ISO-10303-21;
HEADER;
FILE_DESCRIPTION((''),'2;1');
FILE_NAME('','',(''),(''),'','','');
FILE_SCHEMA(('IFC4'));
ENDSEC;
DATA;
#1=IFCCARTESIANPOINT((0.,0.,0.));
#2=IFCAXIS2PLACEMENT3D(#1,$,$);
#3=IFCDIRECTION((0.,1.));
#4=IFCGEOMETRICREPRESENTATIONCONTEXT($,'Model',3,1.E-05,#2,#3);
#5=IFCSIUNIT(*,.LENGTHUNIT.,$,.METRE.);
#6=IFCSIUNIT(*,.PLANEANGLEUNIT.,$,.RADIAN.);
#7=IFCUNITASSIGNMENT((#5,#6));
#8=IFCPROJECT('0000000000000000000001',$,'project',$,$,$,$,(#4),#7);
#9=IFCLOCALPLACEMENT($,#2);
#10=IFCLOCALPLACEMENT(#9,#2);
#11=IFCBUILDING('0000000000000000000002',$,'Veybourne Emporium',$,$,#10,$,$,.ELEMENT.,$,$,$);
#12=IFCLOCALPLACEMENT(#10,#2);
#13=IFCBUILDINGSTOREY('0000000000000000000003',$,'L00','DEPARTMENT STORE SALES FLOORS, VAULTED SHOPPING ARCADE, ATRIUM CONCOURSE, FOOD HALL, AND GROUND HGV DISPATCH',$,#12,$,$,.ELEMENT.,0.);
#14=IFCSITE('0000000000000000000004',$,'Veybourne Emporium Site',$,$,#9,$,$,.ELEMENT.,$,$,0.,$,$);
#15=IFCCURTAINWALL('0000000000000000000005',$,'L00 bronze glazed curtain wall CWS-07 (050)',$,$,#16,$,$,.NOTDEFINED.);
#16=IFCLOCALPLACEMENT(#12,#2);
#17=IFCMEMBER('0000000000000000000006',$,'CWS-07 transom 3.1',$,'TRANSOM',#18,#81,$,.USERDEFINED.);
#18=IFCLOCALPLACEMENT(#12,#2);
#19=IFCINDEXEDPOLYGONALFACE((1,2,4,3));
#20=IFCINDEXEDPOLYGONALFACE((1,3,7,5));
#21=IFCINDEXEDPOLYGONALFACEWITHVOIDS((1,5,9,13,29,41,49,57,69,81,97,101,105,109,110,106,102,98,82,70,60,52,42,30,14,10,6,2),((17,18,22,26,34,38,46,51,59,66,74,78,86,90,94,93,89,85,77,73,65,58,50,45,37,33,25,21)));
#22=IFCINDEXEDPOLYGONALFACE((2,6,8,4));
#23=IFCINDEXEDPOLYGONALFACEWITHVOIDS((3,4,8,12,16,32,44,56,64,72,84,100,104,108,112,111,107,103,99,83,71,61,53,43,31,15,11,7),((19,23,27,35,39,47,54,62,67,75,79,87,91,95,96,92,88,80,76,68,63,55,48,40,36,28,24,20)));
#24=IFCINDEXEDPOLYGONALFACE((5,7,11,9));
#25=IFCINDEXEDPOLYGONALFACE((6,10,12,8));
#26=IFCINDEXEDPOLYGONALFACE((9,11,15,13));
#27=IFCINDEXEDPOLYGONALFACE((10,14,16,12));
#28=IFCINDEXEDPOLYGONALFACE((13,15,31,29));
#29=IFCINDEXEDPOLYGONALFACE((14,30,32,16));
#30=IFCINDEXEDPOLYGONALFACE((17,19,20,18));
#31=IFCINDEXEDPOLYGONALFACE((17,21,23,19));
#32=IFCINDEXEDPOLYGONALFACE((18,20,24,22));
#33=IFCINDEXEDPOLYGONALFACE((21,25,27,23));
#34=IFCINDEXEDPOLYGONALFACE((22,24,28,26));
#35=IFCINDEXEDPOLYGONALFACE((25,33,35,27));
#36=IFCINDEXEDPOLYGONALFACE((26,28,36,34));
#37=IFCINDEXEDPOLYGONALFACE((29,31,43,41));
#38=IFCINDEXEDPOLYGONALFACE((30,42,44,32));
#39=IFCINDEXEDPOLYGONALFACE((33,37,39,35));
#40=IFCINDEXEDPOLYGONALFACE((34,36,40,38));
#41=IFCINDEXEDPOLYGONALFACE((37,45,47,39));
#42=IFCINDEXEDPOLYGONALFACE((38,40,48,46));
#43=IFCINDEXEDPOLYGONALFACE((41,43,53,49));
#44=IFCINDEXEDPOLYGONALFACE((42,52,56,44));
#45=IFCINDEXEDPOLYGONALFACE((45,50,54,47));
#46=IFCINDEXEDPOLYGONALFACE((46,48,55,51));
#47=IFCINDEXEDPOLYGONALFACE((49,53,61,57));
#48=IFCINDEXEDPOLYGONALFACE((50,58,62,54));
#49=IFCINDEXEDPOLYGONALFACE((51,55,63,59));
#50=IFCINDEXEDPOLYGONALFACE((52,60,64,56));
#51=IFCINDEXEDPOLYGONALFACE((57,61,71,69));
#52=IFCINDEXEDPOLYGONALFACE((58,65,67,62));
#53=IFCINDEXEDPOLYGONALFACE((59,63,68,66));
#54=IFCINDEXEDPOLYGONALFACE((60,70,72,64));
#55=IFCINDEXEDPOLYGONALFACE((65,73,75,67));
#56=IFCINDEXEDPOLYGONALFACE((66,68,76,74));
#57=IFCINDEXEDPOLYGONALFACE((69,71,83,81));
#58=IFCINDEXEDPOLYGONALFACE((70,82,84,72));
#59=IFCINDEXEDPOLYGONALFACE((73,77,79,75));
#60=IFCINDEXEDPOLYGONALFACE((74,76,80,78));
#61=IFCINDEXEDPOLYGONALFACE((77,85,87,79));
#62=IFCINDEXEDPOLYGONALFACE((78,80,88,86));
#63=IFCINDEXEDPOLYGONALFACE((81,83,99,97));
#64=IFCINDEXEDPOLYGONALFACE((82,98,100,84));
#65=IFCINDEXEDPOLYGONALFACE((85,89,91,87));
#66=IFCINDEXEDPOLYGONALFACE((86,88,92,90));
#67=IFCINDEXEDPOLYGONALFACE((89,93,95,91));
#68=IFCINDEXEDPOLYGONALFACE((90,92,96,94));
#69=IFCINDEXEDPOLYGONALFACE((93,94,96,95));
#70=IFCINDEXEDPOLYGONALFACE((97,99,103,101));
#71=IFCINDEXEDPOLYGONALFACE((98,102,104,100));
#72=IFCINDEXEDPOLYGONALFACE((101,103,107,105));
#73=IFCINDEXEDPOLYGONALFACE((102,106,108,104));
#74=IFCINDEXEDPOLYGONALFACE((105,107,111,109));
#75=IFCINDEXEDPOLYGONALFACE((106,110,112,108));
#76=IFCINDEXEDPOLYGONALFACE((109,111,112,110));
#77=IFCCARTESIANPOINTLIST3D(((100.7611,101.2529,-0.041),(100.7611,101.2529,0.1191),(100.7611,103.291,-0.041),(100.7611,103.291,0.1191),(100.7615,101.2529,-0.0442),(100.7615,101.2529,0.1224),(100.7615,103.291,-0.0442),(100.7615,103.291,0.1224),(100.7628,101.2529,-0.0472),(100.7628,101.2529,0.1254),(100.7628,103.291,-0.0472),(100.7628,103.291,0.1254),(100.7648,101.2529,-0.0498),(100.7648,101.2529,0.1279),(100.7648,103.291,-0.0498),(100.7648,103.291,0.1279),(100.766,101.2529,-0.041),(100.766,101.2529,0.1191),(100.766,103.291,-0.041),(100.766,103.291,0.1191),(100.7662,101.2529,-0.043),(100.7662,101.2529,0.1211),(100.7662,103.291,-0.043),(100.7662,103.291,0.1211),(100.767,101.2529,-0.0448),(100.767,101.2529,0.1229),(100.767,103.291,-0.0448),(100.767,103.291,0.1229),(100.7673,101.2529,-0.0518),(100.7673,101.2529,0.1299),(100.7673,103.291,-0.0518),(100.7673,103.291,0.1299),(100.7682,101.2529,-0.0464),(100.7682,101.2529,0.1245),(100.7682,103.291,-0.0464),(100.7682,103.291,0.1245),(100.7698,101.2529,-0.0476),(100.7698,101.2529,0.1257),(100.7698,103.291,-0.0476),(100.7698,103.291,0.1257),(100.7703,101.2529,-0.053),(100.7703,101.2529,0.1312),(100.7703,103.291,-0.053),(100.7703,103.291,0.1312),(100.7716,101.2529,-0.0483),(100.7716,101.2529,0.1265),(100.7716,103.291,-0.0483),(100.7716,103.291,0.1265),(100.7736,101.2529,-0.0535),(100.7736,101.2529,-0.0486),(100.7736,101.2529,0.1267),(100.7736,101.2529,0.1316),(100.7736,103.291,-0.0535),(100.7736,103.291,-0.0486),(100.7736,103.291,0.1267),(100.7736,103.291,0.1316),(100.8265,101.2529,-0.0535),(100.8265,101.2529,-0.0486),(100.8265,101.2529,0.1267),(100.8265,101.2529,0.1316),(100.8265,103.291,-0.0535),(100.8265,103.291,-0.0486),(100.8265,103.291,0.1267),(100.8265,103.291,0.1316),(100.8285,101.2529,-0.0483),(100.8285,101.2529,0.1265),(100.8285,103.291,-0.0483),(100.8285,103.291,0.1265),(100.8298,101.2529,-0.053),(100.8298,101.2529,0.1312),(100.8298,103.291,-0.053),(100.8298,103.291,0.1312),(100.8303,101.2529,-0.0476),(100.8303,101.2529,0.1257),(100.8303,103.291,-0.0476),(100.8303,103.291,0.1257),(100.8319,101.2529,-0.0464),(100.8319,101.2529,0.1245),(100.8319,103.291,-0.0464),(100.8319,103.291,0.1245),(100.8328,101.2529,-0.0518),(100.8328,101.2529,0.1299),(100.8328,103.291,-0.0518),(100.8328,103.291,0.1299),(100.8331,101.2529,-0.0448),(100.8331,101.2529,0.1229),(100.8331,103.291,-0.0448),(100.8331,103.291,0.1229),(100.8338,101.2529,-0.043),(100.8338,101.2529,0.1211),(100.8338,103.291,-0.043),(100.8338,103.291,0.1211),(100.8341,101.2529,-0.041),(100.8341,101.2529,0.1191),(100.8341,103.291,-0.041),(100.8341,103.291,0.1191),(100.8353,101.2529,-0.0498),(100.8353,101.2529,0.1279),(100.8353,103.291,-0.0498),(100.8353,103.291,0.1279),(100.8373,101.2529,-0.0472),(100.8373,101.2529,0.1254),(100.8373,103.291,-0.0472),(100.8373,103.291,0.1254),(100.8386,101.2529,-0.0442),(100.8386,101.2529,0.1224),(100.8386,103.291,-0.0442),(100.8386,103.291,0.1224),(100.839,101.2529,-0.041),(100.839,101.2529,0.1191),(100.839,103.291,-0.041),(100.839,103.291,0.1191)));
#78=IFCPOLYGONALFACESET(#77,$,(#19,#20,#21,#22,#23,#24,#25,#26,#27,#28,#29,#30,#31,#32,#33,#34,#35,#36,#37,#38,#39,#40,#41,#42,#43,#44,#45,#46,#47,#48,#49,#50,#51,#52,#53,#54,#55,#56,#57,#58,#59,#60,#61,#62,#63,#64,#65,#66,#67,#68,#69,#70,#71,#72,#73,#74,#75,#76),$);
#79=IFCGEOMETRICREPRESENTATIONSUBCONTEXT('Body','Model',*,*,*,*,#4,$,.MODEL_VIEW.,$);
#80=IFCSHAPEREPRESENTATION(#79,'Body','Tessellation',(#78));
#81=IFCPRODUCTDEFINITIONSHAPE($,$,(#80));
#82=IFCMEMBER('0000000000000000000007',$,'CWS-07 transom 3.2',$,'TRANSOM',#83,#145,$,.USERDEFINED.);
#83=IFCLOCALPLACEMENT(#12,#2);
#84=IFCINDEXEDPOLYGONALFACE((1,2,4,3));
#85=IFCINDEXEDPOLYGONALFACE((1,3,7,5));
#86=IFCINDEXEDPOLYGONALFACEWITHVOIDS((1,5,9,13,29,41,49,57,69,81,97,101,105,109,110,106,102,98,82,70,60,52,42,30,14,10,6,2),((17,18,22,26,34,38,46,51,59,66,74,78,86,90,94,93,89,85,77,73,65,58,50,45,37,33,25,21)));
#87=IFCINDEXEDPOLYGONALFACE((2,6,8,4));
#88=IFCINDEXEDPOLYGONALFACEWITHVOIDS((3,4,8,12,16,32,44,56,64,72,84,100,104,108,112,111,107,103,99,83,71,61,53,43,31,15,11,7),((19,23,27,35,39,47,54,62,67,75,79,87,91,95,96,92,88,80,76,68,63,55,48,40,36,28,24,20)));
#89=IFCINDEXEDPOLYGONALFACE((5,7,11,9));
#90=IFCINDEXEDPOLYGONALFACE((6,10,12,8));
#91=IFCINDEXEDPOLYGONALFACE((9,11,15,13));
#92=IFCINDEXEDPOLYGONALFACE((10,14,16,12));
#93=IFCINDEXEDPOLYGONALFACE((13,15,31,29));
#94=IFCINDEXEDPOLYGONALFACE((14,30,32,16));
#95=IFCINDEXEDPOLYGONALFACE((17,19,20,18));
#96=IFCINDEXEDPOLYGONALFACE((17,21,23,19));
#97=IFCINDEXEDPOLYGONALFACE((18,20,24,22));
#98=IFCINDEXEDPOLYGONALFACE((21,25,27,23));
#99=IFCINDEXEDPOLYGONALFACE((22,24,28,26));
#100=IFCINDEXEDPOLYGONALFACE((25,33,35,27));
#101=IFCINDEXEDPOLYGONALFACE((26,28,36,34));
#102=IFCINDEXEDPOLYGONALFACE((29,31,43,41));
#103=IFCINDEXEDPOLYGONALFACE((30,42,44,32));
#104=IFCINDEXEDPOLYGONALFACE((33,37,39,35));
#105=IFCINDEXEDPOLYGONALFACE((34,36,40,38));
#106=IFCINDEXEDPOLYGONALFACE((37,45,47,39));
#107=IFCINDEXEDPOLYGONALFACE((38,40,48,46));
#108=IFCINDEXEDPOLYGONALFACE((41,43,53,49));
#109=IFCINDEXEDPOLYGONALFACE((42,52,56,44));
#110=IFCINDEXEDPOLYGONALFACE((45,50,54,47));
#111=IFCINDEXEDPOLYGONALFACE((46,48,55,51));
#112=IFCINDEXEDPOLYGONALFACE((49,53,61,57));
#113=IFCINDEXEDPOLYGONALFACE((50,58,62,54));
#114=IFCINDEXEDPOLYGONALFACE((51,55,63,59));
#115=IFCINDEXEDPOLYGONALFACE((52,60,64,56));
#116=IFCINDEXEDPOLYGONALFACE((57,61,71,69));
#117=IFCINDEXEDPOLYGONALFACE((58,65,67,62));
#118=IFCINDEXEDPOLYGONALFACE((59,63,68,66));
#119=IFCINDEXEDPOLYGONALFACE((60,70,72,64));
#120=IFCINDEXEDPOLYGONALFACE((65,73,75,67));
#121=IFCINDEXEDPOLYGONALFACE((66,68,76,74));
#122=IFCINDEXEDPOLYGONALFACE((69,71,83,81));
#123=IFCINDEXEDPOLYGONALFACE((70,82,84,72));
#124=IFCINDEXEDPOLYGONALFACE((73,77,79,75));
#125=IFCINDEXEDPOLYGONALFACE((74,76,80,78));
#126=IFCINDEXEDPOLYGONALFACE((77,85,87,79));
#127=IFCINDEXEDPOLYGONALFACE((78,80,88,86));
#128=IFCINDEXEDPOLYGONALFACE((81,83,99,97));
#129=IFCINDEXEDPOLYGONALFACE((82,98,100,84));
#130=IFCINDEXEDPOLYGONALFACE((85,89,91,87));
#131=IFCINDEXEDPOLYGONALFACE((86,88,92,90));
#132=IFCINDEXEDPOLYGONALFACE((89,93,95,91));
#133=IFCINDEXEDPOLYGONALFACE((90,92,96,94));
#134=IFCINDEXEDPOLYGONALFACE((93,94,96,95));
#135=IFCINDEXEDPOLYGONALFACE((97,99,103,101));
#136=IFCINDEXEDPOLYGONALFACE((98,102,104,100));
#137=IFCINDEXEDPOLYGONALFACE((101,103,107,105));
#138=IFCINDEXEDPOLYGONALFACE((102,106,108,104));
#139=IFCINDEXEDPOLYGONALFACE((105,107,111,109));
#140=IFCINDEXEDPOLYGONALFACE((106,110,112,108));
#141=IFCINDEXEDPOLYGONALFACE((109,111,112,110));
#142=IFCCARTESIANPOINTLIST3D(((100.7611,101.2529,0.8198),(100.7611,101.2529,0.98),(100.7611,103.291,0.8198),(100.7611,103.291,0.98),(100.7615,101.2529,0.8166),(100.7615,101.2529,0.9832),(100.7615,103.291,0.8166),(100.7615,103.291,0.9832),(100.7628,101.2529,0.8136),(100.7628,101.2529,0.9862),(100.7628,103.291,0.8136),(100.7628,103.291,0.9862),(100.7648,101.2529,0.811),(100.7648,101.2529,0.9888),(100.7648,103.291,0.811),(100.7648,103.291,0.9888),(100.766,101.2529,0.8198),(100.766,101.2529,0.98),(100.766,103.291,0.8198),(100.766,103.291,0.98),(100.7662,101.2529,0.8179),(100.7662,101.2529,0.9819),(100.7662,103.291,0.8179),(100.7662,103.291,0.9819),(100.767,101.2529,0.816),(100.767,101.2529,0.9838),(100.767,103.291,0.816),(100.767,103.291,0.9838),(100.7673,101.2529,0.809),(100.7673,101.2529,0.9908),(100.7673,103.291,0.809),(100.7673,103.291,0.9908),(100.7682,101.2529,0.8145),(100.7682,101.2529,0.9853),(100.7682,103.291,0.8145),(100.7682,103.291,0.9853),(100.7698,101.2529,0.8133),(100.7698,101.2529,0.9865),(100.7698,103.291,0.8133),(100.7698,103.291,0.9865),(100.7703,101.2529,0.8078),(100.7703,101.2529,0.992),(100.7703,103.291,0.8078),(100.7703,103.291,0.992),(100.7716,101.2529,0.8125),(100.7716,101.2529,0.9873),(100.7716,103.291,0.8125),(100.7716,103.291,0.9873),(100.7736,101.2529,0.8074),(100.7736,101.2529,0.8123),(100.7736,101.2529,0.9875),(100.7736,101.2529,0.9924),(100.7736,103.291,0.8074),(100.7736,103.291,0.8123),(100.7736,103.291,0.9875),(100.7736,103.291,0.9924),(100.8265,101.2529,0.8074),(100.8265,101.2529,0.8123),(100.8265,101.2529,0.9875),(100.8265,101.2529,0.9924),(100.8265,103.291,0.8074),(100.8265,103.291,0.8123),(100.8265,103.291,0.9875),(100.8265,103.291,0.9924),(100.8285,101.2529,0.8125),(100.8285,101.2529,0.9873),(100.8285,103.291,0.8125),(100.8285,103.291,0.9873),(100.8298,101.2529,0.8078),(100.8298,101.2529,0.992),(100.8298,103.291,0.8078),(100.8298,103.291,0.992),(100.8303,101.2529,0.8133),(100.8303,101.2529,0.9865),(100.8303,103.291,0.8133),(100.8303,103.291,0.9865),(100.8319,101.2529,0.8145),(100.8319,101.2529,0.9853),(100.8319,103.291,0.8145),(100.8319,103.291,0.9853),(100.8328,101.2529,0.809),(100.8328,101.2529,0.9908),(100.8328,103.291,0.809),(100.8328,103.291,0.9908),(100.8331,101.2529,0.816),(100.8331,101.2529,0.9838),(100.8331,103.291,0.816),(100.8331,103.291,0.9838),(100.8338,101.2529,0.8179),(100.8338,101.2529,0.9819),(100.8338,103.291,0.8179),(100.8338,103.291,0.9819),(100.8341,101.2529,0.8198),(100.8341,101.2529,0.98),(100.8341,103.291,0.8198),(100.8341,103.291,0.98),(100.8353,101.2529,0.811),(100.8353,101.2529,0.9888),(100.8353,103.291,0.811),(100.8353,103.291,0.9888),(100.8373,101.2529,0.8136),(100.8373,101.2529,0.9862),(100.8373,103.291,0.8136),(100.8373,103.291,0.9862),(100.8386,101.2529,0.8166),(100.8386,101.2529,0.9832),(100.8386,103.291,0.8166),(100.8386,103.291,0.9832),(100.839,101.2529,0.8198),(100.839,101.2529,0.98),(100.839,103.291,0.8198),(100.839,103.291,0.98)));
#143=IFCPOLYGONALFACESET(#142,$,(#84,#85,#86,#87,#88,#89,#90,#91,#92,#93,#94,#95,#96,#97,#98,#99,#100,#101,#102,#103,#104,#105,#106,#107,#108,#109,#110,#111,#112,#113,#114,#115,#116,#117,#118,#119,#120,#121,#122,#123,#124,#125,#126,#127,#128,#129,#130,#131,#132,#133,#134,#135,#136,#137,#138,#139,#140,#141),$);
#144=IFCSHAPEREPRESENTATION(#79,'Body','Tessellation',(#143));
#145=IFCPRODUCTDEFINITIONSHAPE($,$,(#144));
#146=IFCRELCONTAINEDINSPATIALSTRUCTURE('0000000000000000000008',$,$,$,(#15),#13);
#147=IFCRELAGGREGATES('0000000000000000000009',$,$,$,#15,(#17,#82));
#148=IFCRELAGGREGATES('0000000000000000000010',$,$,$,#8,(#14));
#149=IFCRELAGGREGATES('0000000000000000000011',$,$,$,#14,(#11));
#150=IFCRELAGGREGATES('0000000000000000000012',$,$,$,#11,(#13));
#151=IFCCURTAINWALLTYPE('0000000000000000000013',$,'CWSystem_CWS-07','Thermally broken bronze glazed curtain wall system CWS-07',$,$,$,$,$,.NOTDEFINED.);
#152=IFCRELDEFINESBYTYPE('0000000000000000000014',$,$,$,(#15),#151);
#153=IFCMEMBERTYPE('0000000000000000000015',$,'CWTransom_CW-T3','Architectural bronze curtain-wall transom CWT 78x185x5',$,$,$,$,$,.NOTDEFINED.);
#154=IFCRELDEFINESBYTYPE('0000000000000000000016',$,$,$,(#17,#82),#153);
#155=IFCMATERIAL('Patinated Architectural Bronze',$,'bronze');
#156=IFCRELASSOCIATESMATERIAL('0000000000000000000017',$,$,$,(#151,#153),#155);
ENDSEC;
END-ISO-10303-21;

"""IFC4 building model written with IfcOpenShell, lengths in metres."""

from ifc_helpers import new_model, si_unit, direction, frame, origin, origin_2d, place, context, subcontext, project, spatial, hollow_rectangle, extrude, material, material_profile, profile_set, type_object, element, aggregate, save


model = new_model("IFC4")

# Units and contexts
model_context = context("Model", 3, precision=1e-05, world=origin(), true_north=direction((0.0, 1.0)))
body_context = subcontext(model_context, "Body", "Model", "MODEL_VIEW")
ifc_project = project(units=[si_unit("LENGTHUNIT", "METRE"), si_unit("PLANEANGLEUNIT", "RADIAN")], contexts=[model_context])

# Site, building, storey
site_placement = place(None, origin())
site = spatial("IfcSite", under=ifc_project, at=site_placement, Name="Veybourne Emporium Site", CompositionType="ELEMENT", RefElevation=0.0)
building_placement = place(site_placement, origin())
building = spatial("IfcBuilding", under=site, at=building_placement, Name="Veybourne Emporium", CompositionType="ELEMENT")
storey_placement = place(building_placement, origin())
storey = spatial("IfcBuildingStorey", under=building, at=storey_placement, Name="L00", Description="DEPARTMENT STORE SALES FLOORS, VAULTED SHOPPING ARCADE, ATRIUM CONCOURSE, FOOD HALL, AND GROUND HGV DISPATCH", CompositionType="ELEMENT", Elevation=0.0)

# Curtain wall, members
ifc_material_1 = material(Name="Patinated Architectural Bronze", Category="bronze")
curtain_wall_type = type_object("IfcCurtainWallType", Name="CWSystem_CWS-07", Description="Thermally broken bronze glazed curtain wall system CWS-07", PredefinedType="NOTDEFINED", material=ifc_material_1)
curtain_wall_placement = place(storey_placement, origin())
curtain_wall = element("IfcCurtainWall", 1, at=curtain_wall_placement, inside=storey, type_object=curtain_wall_type, Name="L00 bronze glazed curtain wall CWS-07 (050)", PredefinedType="NOTDEFINED")
ifc_material_profile_1 = material_profile(ifc_material_1, hollow_rectangle(XDim=0.0779, YDim=0.1851, WallThickness=0.0049, InnerFilletRadius=0.0076, OuterFilletRadius=0.0125, at=origin_2d()), Name="CWT 78x185x5")
ifc_profile_set_1 = profile_set([ifc_material_profile_1], Name="Patinated Architectural Bronze")
member_type_1 = type_object("IfcMemberType", Name="CWTransom_CW-T3", Description="Architectural bronze curtain-wall transom CWT 78x185x5", PredefinedType="NOTDEFINED", material=ifc_profile_set_1)
member_1_placement = place(storey_placement, frame((100.8, 103.291, 0.0391), z_axis=(0.0, -1.0, 0.0), x_axis=(1.0, 0.0, 0.0)))
member_1 = element("IfcMember", 2, at=member_1_placement, type_object=member_type_1, Name="CWS-07 transom 3.1", ObjectType="TRANSOM", PredefinedType="USERDEFINED", context=body_context, shape_type="SweptSolid", body=[
    extrude(hollow_rectangle(XDim=0.0779, YDim=0.1851, WallThickness=0.0049, InnerFilletRadius=0.0076, OuterFilletRadius=0.0125, at=origin_2d()), origin(), (0.0, 0.0, 1.0), 2.0381),
])
member_2_placement = place(storey_placement, frame((100.8, 103.291, 0.8999), z_axis=(0.0, -1.0, 0.0), x_axis=(1.0, 0.0, 0.0)))
member_2 = element("IfcMember", 3, at=member_2_placement, type_object=member_type_1, Name="CWS-07 transom 3.2", ObjectType="TRANSOM", PredefinedType="USERDEFINED", context=body_context, shape_type="SweptSolid", body=[
    extrude(hollow_rectangle(XDim=0.0779, YDim=0.1851, WallThickness=0.0049, InnerFilletRadius=0.0076, OuterFilletRadius=0.0125, at=origin_2d()), origin(), (0.0, 0.0, 1.0), 2.0381),
])

aggregate(curtain_wall, [member_1, member_2])

save(model, "model.ifc")
